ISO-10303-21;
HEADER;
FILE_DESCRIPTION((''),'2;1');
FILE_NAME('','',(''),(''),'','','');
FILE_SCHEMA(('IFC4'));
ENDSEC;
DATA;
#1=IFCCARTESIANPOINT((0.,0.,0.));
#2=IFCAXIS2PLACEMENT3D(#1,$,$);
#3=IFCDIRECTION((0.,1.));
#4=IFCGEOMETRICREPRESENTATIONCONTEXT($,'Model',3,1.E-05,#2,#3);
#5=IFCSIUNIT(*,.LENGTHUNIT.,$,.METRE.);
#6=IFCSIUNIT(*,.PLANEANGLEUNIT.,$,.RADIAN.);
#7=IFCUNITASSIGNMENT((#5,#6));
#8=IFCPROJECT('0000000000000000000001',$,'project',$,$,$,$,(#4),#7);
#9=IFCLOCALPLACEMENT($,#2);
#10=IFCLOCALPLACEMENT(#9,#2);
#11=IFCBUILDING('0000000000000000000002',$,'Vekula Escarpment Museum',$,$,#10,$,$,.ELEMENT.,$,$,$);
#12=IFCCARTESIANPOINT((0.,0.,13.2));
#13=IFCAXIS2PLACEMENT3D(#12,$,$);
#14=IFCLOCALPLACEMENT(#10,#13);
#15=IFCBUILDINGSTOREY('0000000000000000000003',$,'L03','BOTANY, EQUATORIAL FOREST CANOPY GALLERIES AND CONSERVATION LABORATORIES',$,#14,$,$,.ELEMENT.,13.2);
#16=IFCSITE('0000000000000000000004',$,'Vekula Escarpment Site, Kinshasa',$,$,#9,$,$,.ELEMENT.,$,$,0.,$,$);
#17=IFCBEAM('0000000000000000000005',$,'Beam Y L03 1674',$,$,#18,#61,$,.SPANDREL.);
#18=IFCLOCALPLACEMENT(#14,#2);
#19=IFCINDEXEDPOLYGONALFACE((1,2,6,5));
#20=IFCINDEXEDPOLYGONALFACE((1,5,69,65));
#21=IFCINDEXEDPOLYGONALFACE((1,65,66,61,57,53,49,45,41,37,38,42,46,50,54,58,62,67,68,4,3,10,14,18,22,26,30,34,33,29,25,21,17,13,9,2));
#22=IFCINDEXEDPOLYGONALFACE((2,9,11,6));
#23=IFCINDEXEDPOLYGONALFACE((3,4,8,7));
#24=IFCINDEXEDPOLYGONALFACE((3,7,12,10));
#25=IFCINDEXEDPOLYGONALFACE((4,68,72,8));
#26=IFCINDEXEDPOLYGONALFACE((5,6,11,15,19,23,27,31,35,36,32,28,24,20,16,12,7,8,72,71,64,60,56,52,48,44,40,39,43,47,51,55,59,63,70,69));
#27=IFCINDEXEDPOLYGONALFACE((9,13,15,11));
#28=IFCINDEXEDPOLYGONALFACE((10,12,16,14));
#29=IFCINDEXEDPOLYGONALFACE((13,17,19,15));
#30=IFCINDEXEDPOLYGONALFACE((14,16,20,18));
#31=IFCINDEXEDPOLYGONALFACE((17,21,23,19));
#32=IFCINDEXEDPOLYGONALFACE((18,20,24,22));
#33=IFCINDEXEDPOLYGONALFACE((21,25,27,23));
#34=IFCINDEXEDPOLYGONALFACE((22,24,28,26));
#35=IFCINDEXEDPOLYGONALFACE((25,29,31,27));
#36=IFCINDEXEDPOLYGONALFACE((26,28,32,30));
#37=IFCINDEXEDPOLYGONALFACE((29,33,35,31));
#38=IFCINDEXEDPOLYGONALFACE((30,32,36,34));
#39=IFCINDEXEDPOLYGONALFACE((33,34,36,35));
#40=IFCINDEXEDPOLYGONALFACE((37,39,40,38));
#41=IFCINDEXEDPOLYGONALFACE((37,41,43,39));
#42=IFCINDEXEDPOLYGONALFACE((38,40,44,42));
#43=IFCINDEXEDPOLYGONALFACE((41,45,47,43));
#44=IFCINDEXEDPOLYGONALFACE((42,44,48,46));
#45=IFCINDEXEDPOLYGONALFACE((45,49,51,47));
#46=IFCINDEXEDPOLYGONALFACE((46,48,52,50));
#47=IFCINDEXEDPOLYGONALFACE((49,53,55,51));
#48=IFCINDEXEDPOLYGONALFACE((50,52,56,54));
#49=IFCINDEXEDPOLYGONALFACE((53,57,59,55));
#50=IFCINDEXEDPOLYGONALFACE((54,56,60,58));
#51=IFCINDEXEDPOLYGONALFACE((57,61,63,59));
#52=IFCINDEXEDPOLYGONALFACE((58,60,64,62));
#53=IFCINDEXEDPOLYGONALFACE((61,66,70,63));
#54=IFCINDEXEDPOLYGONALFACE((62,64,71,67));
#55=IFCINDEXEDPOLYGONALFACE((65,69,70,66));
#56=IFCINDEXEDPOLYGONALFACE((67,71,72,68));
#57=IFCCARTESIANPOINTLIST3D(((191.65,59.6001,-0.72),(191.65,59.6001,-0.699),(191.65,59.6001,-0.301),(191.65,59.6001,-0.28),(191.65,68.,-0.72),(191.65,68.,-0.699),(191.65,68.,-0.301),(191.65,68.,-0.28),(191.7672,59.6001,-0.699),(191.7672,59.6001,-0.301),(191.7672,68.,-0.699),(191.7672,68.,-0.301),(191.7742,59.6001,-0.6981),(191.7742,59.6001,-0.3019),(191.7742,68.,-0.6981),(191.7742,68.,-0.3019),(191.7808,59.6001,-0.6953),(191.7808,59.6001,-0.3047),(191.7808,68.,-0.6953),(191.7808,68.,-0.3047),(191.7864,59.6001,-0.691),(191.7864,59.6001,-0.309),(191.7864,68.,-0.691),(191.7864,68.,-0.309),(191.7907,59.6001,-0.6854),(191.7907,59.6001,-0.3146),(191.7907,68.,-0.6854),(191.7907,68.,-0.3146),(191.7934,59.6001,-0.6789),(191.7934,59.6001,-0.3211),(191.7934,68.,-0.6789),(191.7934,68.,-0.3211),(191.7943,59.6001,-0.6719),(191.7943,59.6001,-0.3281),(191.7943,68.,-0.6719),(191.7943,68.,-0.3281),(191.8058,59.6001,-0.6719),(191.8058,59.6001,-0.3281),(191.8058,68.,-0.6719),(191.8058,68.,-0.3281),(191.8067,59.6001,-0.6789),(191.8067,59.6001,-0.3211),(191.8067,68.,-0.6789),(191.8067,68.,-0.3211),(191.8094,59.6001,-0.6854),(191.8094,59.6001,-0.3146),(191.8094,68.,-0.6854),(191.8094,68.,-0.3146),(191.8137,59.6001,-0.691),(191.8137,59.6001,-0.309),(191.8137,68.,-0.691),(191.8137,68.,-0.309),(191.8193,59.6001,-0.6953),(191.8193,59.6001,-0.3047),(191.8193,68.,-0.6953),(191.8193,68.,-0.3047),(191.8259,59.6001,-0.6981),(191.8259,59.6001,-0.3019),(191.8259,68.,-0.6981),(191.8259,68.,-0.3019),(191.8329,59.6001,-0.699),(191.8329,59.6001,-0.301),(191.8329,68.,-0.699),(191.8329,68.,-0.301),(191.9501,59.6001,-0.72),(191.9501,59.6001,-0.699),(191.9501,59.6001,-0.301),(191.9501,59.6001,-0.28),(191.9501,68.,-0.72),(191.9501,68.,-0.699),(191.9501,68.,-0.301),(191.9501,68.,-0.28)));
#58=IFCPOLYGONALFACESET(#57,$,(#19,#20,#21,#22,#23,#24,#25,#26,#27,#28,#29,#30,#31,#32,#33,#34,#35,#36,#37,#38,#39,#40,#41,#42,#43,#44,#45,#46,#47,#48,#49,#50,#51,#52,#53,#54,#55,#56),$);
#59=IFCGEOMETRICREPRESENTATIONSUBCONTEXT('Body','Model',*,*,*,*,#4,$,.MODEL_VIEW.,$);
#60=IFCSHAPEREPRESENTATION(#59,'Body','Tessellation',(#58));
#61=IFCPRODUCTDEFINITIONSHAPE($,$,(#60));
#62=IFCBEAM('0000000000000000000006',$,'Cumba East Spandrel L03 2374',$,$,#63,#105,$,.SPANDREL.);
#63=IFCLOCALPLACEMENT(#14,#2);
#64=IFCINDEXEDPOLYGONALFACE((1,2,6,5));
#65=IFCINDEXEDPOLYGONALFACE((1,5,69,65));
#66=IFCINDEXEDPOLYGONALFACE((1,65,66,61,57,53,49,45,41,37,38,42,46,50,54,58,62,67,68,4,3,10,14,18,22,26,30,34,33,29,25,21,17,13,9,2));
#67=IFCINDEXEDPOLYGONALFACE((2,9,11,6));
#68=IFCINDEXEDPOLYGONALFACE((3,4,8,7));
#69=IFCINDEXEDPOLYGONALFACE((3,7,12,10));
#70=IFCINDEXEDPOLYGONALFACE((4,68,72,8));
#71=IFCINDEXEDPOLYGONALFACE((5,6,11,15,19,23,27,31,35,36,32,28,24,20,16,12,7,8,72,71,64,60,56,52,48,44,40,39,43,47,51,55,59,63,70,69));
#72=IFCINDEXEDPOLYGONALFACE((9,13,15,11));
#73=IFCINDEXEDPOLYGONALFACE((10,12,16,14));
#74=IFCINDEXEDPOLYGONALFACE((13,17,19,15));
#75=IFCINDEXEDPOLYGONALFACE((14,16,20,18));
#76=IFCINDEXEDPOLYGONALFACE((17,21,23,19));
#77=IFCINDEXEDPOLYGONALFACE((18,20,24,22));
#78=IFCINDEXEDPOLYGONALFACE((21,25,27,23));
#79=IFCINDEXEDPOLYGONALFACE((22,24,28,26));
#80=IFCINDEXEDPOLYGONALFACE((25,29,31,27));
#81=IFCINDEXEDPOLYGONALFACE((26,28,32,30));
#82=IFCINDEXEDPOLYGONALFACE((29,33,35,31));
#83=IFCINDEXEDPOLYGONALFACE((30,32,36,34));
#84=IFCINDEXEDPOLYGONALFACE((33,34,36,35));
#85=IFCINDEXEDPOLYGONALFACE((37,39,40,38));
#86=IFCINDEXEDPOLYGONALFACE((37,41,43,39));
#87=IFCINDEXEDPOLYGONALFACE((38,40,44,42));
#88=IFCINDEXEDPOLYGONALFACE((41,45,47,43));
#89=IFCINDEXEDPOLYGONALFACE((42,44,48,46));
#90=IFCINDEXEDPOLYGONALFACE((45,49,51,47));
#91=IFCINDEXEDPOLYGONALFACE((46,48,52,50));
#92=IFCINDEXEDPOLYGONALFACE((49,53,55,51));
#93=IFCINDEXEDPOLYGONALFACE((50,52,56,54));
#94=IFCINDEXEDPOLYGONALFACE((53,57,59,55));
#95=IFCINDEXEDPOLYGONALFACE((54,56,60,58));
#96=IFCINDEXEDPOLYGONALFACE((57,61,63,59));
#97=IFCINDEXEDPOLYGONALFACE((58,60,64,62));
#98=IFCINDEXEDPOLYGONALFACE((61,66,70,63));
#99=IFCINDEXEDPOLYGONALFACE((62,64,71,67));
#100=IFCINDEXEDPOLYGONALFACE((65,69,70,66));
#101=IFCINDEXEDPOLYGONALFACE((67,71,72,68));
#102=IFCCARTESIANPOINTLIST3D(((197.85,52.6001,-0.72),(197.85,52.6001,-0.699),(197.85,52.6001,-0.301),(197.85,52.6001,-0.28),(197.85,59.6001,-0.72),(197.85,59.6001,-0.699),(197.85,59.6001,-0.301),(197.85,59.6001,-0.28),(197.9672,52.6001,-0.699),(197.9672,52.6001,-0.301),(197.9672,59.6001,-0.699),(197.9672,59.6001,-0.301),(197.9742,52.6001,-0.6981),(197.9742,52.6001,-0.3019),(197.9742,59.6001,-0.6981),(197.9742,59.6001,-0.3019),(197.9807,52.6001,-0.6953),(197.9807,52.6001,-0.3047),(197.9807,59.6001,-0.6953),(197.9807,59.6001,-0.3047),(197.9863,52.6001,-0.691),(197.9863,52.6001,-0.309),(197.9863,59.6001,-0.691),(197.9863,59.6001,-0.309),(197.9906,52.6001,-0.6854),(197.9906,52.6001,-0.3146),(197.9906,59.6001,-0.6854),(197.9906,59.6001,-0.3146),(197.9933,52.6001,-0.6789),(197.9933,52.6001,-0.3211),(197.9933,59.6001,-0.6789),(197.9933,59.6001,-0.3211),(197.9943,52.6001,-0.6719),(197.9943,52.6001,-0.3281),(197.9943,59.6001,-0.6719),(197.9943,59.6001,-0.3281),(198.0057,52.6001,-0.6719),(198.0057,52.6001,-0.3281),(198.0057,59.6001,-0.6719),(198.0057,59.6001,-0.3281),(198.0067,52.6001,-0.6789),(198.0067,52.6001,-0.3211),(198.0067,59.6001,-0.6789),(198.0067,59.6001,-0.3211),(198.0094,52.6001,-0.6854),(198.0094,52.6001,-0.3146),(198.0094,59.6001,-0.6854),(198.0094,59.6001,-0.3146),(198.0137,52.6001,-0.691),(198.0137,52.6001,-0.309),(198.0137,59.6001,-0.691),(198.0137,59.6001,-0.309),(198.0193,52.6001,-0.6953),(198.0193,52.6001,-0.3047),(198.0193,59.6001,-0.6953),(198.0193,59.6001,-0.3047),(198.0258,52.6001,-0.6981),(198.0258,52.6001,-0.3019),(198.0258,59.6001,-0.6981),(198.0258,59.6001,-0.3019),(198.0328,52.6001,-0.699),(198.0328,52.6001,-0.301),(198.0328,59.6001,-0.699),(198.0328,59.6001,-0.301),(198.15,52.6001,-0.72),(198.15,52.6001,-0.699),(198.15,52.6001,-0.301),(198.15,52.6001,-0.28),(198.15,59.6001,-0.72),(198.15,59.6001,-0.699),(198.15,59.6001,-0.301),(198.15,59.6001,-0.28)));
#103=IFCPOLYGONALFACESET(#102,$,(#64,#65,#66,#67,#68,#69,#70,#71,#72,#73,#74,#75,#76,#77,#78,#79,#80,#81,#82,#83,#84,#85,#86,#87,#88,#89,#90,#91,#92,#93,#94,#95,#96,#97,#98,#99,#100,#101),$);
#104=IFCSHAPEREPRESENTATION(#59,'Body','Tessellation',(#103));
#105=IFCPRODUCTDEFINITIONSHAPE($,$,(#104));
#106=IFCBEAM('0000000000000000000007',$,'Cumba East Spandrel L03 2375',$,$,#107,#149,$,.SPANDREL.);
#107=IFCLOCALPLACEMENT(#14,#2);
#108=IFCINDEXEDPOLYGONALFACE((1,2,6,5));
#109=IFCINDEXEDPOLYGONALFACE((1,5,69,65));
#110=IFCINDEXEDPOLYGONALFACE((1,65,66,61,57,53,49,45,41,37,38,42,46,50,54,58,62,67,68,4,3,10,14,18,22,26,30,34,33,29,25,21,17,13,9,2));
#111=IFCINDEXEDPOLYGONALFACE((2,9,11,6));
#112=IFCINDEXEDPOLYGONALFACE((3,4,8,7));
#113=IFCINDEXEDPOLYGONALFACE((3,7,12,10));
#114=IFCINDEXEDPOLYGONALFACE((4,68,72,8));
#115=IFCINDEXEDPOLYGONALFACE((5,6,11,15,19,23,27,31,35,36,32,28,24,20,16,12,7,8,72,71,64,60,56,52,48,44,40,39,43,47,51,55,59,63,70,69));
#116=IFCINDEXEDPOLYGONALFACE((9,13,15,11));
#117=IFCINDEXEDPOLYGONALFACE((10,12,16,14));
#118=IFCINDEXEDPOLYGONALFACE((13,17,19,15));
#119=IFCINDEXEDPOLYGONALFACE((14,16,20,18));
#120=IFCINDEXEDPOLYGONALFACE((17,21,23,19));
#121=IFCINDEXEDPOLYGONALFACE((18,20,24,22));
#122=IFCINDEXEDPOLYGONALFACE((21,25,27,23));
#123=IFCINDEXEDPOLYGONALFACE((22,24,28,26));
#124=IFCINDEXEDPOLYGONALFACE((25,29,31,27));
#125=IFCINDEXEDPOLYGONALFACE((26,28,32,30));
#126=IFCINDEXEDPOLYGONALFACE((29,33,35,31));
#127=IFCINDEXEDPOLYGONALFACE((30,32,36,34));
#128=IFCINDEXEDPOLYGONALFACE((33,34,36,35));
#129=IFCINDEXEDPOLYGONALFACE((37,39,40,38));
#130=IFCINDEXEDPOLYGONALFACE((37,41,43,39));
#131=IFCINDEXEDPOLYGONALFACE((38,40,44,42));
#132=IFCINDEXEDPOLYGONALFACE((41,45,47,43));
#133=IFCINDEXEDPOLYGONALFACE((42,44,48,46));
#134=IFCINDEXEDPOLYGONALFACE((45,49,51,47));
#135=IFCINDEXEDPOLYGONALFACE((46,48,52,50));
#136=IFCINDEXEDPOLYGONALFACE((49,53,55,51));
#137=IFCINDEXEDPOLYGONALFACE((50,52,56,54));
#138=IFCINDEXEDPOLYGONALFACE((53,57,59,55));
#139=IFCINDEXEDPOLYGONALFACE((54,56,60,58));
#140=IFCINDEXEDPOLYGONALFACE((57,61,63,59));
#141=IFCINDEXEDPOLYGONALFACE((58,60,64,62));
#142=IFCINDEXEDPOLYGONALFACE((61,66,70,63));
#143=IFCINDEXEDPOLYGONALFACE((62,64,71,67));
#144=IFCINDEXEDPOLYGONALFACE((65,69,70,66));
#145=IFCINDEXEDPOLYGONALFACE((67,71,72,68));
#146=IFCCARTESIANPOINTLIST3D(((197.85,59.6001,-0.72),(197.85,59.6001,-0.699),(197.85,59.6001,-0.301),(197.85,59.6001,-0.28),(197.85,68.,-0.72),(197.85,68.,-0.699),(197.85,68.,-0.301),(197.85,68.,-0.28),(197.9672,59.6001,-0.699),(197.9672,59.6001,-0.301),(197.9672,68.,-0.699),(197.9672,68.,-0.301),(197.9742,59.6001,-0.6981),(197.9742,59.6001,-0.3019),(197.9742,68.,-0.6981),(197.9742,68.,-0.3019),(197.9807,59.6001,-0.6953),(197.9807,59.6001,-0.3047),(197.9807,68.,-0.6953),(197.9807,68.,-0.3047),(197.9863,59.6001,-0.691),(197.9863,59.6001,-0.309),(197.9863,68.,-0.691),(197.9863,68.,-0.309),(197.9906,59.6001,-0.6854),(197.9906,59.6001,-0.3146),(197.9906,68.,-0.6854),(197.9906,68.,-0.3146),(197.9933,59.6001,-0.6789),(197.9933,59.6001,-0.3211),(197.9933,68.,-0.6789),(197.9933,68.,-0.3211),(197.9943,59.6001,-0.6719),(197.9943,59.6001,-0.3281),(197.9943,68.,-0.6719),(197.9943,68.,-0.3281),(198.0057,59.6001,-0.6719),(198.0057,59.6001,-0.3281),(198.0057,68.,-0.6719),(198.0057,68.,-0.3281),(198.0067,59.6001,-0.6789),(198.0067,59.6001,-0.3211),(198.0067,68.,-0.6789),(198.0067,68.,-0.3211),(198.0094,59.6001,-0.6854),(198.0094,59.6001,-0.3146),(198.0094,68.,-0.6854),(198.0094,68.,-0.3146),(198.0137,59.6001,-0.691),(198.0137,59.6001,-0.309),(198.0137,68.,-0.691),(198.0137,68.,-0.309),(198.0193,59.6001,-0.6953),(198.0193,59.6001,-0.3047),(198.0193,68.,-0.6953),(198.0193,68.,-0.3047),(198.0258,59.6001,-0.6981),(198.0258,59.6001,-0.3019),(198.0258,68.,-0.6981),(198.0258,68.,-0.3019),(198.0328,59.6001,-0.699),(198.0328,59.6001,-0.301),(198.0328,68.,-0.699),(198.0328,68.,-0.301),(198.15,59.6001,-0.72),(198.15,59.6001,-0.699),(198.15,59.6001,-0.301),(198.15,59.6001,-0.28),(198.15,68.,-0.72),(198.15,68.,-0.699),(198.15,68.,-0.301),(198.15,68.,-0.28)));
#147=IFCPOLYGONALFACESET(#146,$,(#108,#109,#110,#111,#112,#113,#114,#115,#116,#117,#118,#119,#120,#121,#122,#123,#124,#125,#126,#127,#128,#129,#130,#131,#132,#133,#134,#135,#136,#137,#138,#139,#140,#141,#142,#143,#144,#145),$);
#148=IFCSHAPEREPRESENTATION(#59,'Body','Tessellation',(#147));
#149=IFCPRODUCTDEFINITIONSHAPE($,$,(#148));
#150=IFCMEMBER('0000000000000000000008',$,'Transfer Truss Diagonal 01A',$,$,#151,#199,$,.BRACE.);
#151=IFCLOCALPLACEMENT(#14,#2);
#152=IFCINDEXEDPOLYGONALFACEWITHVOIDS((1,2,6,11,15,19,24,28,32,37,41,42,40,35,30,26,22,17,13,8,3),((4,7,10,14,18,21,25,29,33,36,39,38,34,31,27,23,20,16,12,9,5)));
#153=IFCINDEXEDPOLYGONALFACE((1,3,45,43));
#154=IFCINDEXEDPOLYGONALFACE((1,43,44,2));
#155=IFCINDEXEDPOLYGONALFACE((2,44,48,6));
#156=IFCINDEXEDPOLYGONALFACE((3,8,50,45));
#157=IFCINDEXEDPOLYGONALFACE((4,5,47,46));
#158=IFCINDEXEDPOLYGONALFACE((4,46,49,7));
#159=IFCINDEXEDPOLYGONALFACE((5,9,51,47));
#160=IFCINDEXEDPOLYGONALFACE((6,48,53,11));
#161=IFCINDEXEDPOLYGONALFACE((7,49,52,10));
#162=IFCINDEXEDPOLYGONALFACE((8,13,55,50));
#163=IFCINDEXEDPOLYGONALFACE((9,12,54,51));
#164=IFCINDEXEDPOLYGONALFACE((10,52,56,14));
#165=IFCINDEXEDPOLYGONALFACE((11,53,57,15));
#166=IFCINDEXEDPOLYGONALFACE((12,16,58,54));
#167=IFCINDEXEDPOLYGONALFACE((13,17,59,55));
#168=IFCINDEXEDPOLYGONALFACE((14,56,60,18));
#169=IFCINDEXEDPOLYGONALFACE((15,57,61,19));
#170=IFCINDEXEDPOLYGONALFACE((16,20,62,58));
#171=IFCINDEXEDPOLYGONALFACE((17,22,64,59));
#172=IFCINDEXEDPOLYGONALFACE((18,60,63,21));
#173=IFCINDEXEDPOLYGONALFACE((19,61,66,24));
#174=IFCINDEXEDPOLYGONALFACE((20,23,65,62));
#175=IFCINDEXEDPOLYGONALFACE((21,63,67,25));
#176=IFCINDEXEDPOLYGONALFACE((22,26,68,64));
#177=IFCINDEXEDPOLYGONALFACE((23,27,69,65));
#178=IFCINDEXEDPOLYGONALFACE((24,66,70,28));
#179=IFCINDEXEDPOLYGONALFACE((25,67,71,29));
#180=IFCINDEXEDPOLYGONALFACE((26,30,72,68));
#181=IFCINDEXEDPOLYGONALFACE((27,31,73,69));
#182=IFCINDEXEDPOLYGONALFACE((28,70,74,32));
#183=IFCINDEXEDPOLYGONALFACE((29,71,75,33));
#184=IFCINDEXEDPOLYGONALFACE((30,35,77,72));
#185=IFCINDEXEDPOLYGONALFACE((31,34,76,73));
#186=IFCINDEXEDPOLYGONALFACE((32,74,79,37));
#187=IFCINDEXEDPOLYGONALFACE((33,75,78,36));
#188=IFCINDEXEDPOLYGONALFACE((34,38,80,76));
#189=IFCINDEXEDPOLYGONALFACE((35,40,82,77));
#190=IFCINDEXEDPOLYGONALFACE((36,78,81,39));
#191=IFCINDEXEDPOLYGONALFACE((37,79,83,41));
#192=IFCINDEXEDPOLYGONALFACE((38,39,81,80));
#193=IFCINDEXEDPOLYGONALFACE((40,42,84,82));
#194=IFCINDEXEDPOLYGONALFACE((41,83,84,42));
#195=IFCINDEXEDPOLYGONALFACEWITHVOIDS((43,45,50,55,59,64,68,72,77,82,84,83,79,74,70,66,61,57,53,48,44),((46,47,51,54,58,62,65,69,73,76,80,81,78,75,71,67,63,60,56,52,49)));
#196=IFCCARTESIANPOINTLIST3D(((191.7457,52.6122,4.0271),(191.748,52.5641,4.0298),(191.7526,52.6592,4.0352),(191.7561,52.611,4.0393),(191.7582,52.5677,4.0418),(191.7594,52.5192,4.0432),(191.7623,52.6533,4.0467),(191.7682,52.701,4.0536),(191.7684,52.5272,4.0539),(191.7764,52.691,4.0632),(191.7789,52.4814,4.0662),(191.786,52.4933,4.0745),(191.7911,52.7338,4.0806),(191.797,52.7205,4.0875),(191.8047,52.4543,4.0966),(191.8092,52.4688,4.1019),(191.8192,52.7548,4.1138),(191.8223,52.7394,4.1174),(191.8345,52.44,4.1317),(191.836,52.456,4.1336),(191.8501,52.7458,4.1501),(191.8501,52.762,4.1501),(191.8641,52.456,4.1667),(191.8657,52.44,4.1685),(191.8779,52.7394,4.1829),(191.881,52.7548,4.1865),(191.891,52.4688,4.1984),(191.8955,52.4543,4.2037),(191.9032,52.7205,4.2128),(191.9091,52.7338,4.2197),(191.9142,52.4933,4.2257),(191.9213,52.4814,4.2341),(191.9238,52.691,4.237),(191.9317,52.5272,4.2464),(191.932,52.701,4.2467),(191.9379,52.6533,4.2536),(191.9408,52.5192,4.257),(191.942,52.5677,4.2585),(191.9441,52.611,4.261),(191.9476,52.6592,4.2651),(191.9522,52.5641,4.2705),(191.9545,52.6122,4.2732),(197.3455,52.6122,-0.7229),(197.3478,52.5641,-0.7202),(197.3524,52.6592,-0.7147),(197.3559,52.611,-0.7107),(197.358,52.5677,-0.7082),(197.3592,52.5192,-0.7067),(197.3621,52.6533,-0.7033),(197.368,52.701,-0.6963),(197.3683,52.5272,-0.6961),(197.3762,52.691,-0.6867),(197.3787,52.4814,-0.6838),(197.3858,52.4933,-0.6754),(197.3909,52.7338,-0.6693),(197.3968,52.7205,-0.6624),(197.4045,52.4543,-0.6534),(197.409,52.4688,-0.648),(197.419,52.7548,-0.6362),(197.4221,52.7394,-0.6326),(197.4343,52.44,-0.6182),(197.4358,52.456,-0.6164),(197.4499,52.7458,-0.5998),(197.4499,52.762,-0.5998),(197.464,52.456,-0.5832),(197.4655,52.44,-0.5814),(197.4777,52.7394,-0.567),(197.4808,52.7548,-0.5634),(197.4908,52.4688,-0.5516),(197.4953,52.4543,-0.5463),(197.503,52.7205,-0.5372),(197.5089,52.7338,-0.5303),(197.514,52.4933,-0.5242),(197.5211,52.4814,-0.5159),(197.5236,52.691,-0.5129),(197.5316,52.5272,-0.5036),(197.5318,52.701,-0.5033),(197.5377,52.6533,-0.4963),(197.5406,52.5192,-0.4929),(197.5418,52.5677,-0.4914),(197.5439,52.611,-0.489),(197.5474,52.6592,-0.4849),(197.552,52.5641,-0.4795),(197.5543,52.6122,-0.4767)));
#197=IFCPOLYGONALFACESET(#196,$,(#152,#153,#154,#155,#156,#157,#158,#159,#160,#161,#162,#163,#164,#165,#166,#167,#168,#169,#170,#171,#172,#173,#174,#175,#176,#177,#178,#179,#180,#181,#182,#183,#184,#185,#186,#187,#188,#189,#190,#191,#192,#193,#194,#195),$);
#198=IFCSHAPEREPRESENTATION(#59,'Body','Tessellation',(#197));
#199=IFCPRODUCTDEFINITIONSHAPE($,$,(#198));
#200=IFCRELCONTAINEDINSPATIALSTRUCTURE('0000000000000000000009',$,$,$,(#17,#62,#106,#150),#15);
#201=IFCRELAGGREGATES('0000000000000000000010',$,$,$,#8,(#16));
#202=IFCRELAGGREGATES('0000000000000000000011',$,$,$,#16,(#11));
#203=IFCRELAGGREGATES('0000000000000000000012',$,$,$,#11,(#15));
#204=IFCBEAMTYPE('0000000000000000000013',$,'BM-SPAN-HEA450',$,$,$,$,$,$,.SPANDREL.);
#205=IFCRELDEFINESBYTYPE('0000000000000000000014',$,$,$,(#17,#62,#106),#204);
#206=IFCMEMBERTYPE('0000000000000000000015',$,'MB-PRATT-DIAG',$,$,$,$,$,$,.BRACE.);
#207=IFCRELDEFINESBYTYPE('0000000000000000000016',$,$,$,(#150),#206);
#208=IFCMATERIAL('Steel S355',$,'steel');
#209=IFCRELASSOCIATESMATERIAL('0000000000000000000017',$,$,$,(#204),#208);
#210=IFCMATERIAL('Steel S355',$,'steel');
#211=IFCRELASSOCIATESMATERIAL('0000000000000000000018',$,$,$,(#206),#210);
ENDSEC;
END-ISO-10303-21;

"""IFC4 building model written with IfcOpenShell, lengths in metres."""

from ifc_helpers import new_model, si_unit, direction, frame, origin, origin_2d, place, context, subcontext, project, spatial, hollow_circle, i_section, extrude, material, material_profile, profile_set, type_object, element, save


model = new_model("IFC4")

# Units and contexts
model_context = context("Model", 3, precision=1e-05, world=origin(), true_north=direction((0.0, 1.0)))
body_context = subcontext(model_context, "Body", "Model", "MODEL_VIEW")
ifc_project = project(units=[si_unit("LENGTHUNIT", "METRE"), si_unit("PLANEANGLEUNIT", "RADIAN")], contexts=[model_context])

# Site, building, storey
site_placement = place(None, origin())
site = spatial("IfcSite", under=ifc_project, at=site_placement, Name="Vekula Escarpment Site, Kinshasa", CompositionType="ELEMENT", RefElevation=0.0)
building_placement = place(site_placement, origin())
building = spatial("IfcBuilding", under=site, at=building_placement, Name="Vekula Escarpment Museum", CompositionType="ELEMENT")
storey_placement = place(building_placement, frame((0.0, 0.0, 13.2)))
storey = spatial("IfcBuildingStorey", under=building, at=storey_placement, Name="L03", Description="BOTANY, EQUATORIAL FOREST CANOPY GALLERIES AND CONSERVATION LABORATORIES", CompositionType="ELEMENT", Elevation=13.2)

# Beams
ifc_material_1 = material(Name="Steel S355", Category="steel")
ifc_material_profile_1 = material_profile(ifc_material_1, i_section(OverallWidth=0.3, OverallDepth=0.4399, WebThickness=0.0115, FlangeThickness=0.021, FilletRadius=0.0271, at=origin_2d()), Name="HEA 450")
ifc_profile_set_1 = profile_set([ifc_material_profile_1], Name="Steel S355")
beam_type_1 = type_object("IfcBeamType", Name="BM-SPAN-HEA450", PredefinedType="SPANDREL", material=ifc_profile_set_1)
beam_1_placement = place(storey_placement, frame((191.8, 59.6001, -0.5), z_axis=(0.0, 1.0, 0.0), x_axis=(-1.0, 0.0, 0.0)))
element("IfcBeam", 1, at=beam_1_placement, inside=storey, type_object=beam_type_1, Name="Beam Y L03 1674", PredefinedType="SPANDREL", context=body_context, shape_type="SweptSolid", body=[
    extrude(i_section(OverallWidth=0.3, OverallDepth=0.4399, WebThickness=0.0115, FlangeThickness=0.021, FilletRadius=0.0271, at=origin_2d()), origin(), (0.0, 0.0, 1.0), 8.3999),
])
beam_2_placement = place(storey_placement, frame((198.0, 52.6001, -0.5), z_axis=(0.0, 1.0, 0.0), x_axis=(-1.0, 0.0, 0.0)))
element("IfcBeam", 2, at=beam_2_placement, inside=storey, type_object=beam_type_1, Name="Cumba East Spandrel L03 2374", PredefinedType="SPANDREL", context=body_context, shape_type="SweptSolid", body=[
    extrude(i_section(OverallWidth=0.3, OverallDepth=0.4399, WebThickness=0.0115, FlangeThickness=0.021, FilletRadius=0.0271, at=origin_2d()), origin(), (0.0, 0.0, 1.0), 7.0),
])
beam_3_placement = place(storey_placement, frame((198.0, 59.6001, -0.5), z_axis=(0.0, 1.0, 0.0), x_axis=(-1.0, 0.0, 0.0)))
element("IfcBeam", 3, at=beam_3_placement, inside=storey, type_object=beam_type_1, Name="Cumba East Spandrel L03 2375", PredefinedType="SPANDREL", context=body_context, shape_type="SweptSolid", body=[
    extrude(i_section(OverallWidth=0.3, OverallDepth=0.4399, WebThickness=0.0115, FlangeThickness=0.021, FilletRadius=0.0271, at=origin_2d()), origin(), (0.0, 0.0, 1.0), 8.3999),
])

# Member
ifc_material_2 = material(Name="Steel S355", Category="steel")
ifc_material_profile_2 = material_profile(ifc_material_2, hollow_circle(Radius=0.1619, WallThickness=0.0161, at=origin_2d()), Name="CHS 323.9x16")
ifc_profile_set_2 = profile_set([ifc_material_profile_2], Name="Steel S355")
member_type = type_object("IfcMemberType", Name="MB-PRATT-DIAG", PredefinedType="BRACE", material=ifc_profile_set_2)
member_placement = place(storey_placement, frame((191.8501, 52.6001, 4.1501), z_axis=(0.762603, 0.0, -0.646867), x_axis=(0.0, 1.0, 0.0)))
element("IfcMember", 4, at=member_placement, inside=storey, type_object=member_type, Name="Transfer Truss Diagonal 01A", PredefinedType="BRACE", context=body_context, shape_type="SweptSolid", body=[
    extrude(hollow_circle(Radius=0.1619, WallThickness=0.0161, at=origin_2d()), origin(), (0.0, 0.0, 1.0), 7.343),
])

save(model, "model.ifc")
